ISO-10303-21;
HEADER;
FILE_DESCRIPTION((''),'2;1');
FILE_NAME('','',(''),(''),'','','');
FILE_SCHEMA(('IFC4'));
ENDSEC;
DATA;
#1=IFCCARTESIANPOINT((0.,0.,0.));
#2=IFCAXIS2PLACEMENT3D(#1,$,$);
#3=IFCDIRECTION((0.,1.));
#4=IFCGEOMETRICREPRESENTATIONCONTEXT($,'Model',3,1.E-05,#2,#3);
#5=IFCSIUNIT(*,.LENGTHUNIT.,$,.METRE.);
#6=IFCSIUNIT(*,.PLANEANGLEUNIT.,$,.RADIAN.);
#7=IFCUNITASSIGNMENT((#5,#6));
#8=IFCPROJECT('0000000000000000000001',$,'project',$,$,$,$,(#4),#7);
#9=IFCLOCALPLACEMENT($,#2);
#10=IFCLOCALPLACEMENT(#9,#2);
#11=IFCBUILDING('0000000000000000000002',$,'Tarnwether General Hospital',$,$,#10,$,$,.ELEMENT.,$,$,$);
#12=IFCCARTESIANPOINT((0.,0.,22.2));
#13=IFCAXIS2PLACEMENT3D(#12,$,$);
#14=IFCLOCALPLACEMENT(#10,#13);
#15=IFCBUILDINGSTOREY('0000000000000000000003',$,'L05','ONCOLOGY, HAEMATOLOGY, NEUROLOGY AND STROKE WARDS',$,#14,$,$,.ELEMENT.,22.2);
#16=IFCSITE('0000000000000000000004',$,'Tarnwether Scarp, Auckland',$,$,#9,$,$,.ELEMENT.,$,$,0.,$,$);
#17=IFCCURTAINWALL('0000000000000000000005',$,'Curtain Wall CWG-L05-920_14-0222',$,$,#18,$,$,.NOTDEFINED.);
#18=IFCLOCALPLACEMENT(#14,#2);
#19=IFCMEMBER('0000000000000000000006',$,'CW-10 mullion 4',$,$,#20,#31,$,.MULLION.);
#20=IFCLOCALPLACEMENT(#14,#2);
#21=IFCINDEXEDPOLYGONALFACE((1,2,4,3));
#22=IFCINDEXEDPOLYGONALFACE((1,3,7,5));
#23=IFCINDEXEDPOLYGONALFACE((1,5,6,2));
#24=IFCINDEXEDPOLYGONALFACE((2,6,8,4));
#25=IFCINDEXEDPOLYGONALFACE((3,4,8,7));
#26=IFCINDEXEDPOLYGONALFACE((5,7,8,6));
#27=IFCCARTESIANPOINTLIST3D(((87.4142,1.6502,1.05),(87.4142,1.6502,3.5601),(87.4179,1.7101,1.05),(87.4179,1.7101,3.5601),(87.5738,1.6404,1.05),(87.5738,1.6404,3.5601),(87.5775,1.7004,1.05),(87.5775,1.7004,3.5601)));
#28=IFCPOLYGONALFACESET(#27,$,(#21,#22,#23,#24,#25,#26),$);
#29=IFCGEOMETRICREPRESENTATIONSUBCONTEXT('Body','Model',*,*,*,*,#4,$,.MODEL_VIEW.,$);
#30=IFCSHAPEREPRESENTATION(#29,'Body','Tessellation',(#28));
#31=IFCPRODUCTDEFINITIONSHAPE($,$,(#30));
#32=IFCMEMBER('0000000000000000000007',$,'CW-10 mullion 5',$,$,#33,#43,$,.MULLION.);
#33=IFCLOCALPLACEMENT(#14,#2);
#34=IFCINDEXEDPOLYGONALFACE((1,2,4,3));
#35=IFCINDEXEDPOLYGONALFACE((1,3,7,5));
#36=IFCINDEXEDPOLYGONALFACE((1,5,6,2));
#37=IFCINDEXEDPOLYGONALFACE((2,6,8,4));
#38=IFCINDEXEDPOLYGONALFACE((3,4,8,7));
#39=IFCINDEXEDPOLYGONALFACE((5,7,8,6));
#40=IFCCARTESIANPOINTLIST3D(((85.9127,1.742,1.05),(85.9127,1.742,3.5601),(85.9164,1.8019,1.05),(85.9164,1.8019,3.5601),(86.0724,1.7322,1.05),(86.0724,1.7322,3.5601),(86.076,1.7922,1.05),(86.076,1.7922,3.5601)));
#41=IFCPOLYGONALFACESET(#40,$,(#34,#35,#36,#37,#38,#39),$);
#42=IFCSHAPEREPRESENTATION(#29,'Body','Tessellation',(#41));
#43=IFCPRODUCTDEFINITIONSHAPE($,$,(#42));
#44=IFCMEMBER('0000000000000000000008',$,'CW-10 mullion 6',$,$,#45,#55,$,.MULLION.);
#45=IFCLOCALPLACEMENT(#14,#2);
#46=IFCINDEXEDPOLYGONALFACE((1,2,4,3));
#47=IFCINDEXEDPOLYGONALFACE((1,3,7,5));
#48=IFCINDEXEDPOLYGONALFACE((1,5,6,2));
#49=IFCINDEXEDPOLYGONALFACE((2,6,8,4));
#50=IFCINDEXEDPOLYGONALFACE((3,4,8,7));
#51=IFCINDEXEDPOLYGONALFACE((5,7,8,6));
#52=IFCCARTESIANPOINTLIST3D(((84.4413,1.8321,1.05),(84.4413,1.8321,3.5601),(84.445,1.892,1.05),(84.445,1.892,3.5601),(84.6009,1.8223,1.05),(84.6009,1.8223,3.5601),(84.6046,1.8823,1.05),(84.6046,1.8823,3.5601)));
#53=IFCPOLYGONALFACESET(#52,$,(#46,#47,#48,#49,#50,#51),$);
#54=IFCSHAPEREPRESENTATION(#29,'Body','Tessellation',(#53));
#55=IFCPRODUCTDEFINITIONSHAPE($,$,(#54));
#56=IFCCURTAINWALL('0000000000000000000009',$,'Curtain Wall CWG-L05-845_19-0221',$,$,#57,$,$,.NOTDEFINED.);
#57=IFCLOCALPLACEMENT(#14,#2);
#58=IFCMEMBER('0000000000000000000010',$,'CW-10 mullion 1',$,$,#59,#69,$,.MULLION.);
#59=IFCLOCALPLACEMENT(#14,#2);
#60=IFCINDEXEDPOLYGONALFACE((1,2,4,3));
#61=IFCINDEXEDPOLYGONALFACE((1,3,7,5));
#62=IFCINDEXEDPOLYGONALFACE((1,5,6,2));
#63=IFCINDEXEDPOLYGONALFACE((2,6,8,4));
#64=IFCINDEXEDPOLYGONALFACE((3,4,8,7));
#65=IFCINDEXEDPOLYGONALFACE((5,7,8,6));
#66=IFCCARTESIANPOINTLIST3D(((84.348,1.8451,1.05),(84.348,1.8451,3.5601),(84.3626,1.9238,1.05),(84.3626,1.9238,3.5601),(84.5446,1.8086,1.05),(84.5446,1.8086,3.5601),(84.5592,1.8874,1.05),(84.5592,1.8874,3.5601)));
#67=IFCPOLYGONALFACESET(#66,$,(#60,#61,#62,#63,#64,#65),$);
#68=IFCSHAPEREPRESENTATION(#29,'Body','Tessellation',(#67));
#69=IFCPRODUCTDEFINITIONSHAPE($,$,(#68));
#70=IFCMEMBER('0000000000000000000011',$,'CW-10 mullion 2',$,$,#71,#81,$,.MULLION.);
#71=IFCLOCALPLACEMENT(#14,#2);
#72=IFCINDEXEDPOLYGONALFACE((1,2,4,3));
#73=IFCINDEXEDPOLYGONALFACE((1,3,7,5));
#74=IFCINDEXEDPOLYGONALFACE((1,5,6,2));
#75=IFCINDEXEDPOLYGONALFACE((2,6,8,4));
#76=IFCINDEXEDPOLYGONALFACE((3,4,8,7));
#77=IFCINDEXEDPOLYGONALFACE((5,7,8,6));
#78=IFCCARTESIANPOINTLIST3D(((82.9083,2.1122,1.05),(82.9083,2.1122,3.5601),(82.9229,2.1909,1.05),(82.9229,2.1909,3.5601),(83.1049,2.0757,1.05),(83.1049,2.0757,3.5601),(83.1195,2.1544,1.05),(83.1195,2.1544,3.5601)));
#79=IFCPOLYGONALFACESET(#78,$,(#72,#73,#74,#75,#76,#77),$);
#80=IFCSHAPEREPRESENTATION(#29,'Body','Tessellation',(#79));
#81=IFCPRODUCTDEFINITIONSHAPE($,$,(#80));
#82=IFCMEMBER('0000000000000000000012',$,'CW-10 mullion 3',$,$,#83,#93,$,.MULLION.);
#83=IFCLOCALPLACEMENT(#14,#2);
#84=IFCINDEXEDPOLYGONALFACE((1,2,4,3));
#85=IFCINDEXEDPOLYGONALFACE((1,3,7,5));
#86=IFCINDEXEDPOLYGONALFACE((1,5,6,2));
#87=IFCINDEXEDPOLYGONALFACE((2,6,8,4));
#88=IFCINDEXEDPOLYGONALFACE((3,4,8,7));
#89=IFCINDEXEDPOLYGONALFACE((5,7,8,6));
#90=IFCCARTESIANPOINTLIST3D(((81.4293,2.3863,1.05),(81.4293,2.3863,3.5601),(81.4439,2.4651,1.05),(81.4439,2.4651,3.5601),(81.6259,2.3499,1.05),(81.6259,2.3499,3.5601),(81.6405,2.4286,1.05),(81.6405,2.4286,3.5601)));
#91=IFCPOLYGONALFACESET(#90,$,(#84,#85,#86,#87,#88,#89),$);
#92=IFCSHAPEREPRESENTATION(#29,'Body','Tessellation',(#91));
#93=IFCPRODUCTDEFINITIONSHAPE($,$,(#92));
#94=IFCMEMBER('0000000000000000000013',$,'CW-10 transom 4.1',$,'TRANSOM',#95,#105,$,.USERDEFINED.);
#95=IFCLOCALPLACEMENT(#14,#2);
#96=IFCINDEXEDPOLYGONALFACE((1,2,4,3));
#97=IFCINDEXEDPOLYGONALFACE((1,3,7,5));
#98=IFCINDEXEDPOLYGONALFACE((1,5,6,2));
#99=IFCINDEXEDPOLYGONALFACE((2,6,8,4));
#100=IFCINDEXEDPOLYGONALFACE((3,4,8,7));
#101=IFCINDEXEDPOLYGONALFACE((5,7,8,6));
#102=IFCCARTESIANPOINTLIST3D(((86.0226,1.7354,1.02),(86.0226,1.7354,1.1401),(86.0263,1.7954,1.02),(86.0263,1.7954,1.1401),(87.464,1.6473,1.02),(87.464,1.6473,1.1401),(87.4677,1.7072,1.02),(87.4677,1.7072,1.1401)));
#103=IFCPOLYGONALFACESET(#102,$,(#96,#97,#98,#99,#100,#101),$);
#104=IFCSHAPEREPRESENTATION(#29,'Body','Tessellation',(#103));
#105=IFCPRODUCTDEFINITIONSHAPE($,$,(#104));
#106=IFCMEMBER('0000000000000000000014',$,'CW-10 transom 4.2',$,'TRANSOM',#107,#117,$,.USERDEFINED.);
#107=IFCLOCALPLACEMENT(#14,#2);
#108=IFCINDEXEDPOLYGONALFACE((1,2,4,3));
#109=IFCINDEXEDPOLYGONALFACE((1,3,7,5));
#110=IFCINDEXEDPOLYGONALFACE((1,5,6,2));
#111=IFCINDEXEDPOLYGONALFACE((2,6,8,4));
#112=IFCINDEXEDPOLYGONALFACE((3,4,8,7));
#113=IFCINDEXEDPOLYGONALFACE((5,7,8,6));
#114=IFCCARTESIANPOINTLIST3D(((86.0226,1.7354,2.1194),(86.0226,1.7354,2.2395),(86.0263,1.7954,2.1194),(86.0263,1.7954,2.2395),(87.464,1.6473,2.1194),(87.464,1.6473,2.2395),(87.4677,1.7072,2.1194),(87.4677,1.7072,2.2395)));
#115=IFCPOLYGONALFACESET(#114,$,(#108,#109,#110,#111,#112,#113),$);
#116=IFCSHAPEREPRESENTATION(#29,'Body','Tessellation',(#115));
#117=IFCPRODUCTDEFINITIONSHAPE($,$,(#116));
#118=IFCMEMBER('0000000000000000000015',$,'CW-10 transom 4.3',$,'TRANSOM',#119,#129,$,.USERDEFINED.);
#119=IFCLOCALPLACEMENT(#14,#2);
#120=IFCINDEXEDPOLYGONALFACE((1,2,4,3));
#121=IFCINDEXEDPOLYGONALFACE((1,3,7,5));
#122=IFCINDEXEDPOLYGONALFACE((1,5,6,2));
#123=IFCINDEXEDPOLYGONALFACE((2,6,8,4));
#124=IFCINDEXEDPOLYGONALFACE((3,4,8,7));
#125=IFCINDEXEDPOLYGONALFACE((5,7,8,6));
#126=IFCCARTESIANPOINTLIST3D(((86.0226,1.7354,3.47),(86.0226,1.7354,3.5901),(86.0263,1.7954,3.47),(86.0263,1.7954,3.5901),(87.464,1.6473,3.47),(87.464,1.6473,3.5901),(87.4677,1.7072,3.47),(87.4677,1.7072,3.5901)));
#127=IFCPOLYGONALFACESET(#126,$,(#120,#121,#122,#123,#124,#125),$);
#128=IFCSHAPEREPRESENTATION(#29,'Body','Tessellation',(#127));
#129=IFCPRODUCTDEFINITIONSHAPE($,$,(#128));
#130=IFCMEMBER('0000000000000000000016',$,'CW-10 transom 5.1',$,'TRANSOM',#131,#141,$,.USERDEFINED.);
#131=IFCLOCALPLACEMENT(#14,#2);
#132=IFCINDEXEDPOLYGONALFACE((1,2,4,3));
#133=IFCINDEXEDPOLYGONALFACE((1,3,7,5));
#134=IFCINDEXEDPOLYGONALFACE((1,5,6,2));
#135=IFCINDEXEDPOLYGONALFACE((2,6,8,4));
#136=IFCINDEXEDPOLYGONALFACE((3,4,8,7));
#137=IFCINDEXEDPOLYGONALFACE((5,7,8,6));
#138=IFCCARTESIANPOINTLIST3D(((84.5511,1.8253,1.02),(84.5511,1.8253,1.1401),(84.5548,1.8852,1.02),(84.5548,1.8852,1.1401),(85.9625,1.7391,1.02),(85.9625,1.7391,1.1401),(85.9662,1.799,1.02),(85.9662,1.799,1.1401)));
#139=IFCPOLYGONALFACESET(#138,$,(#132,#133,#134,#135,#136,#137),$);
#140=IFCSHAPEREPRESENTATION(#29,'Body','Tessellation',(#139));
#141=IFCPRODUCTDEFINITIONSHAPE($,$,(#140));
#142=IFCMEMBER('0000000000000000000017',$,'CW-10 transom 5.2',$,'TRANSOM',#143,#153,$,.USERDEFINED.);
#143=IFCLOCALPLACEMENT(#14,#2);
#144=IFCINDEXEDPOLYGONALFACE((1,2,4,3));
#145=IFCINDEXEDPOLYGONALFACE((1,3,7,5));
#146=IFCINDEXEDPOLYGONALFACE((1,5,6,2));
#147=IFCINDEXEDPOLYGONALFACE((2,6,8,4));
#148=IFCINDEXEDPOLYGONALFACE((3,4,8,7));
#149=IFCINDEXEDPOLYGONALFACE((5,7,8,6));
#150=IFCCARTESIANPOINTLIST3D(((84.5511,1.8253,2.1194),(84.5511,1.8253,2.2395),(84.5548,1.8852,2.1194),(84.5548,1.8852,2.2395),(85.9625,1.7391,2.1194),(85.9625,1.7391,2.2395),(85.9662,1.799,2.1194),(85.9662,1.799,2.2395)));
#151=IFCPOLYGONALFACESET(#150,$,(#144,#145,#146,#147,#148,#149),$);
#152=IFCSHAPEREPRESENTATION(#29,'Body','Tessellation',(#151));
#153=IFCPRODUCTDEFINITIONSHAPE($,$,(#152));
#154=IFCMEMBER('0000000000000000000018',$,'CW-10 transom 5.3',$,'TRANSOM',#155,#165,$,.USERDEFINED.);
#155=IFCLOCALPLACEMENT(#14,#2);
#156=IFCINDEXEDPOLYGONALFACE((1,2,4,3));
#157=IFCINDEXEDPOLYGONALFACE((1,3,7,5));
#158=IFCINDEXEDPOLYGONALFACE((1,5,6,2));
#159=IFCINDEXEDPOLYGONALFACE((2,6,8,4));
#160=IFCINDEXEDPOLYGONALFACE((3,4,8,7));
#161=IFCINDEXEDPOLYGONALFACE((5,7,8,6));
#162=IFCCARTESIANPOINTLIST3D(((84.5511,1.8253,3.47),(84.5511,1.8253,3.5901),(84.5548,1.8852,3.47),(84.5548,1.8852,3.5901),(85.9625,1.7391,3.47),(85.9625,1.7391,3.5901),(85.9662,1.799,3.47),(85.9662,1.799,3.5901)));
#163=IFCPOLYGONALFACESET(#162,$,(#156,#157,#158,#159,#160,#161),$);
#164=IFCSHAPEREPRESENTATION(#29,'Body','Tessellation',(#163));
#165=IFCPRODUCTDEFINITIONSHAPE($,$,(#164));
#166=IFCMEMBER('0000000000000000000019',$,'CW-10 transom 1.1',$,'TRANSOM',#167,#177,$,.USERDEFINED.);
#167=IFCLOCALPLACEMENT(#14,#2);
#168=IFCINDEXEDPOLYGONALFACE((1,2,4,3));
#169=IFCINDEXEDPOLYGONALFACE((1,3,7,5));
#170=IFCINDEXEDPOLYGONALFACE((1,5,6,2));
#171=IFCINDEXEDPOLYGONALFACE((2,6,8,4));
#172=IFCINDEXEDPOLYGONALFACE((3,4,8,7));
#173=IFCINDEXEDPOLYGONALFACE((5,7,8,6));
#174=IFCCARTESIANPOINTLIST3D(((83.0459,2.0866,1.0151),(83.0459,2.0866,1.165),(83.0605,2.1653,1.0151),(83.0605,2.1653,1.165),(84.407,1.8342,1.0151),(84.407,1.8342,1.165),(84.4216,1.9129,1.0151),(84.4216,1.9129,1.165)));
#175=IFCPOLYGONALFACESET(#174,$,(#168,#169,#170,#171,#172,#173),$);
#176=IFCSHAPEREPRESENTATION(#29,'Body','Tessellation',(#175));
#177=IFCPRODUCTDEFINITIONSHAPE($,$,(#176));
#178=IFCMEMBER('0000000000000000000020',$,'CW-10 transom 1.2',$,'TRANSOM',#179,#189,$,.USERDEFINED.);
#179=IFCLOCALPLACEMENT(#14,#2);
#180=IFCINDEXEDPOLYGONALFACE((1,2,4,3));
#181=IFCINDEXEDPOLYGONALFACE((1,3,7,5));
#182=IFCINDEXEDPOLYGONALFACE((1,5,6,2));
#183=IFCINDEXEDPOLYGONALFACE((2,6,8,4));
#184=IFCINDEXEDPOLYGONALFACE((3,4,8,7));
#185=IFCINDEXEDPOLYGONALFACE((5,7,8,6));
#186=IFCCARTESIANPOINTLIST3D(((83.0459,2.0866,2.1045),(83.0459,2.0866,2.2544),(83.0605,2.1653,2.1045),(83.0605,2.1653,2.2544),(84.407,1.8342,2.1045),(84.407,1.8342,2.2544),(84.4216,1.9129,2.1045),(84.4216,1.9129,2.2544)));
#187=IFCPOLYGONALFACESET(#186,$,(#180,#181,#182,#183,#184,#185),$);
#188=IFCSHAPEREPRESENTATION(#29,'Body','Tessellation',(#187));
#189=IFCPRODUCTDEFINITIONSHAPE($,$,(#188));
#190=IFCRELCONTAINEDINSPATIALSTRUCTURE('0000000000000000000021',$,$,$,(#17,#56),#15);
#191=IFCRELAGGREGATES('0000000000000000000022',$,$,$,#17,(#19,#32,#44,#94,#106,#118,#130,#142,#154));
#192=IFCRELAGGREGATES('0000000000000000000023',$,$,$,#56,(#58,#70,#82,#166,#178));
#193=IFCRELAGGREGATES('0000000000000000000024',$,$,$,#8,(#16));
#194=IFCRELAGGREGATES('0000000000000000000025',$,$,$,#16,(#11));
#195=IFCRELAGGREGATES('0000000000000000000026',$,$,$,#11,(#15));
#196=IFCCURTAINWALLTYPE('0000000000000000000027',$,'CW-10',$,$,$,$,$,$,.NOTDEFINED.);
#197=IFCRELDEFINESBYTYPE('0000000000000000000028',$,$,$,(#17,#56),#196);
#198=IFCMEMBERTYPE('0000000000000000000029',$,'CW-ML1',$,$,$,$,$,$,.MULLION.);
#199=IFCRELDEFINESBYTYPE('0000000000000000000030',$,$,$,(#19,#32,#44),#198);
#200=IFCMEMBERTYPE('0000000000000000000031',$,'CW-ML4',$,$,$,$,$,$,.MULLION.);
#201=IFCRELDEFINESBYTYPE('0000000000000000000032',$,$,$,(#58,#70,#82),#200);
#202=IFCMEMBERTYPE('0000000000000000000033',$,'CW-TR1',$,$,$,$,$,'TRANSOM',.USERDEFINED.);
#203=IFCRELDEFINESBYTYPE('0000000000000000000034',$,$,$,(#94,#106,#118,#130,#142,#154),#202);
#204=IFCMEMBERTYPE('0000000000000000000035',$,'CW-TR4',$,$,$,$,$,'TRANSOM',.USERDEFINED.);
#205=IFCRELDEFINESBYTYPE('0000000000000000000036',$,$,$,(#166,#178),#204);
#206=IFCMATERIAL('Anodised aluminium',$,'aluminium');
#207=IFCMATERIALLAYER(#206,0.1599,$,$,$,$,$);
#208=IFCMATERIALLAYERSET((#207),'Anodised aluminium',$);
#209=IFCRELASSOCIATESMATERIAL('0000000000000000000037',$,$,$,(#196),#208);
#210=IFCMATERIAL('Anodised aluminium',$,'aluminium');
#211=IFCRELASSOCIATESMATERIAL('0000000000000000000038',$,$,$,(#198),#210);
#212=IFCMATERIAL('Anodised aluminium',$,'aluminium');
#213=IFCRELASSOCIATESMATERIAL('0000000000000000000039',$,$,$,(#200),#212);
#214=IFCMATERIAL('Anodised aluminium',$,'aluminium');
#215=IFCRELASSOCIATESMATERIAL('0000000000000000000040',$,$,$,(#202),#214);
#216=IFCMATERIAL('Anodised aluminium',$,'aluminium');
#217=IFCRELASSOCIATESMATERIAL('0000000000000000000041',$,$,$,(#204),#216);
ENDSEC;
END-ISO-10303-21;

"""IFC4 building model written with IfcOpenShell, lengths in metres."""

from ifc_helpers import new_model, si_unit, direction, frame, origin, origin_2d, place, context, subcontext, project, spatial, rectangle, extrude, material, layer, layer_set, material_profile, profile_set, type_object, element, aggregate, save


model = new_model("IFC4")

# Units and contexts
model_context = context("Model", 3, precision=1e-05, world=origin(), true_north=direction((0.0, 1.0)))
body_context = subcontext(model_context, "Body", "Model", "MODEL_VIEW")
ifc_project = project(units=[si_unit("LENGTHUNIT", "METRE"), si_unit("PLANEANGLEUNIT", "RADIAN")], contexts=[model_context])

# Site, building, storey
site_placement = place(None, origin())
site = spatial("IfcSite", under=ifc_project, at=site_placement, Name="Tarnwether Scarp, Auckland", CompositionType="ELEMENT", RefElevation=0.0)
building_placement = place(site_placement, origin())
building = spatial("IfcBuilding", under=site, at=building_placement, Name="Tarnwether General Hospital", CompositionType="ELEMENT")
storey_placement = place(building_placement, frame((0.0, 0.0, 22.2)))
storey = spatial("IfcBuildingStorey", under=building, at=storey_placement, Name="L05", Description="ONCOLOGY, HAEMATOLOGY, NEUROLOGY AND STROKE WARDS", CompositionType="ELEMENT", Elevation=22.2)

# Curtain walls, members
ifc_material_1 = material(Name="Anodised aluminium", Category="aluminium")
ifc_layer_1 = layer(ifc_material_1, 0.1599)
ifc_layer_set_1 = layer_set([ifc_layer_1], Name="Anodised aluminium")
curtain_wall_type = type_object("IfcCurtainWallType", Name="CW-10", PredefinedType="NOTDEFINED", material=ifc_layer_set_1)
curtain_wall_1_placement = place(storey_placement, origin())
curtain_wall_1 = element("IfcCurtainWall", 1, at=curtain_wall_1_placement, inside=storey, type_object=curtain_wall_type, Name="Curtain Wall CWG-L05-920_14-0222", PredefinedType="NOTDEFINED")
ifc_material_2 = material(Name="Anodised aluminium", Category="aluminium")
ifc_material_profile_1 = material_profile(ifc_material_2, rectangle(XDim=0.0601, YDim=0.1599, at=origin_2d()), Name="ALU-MUL-60x160")
ifc_profile_set_1 = profile_set([ifc_material_profile_1], Name="Anodised aluminium")
member_type_1 = type_object("IfcMemberType", Name="CW-ML1", PredefinedType="MULLION", material=ifc_profile_set_1)
member_1_placement = place(storey_placement, frame((87.4958, 1.6753, 1.05), z_axis=(0.0, 0.0, 1.0), x_axis=(-0.061029, -0.998136, 0.0)))
member_1 = element("IfcMember", 2, at=member_1_placement, type_object=member_type_1, Name="CW-10 mullion 4", PredefinedType="MULLION", context=body_context, shape_type="SweptSolid", body=[
    extrude(rectangle(XDim=0.0601, YDim=0.1599, at=origin_2d()), origin(), (0.0, 0.0, 1.0), 2.51),
])
member_2_placement = place(storey_placement, frame((85.9944, 1.7671, 1.05), z_axis=(0.0, 0.0, 1.0), x_axis=(-0.061029, -0.998136, 0.0)))
member_2 = element("IfcMember", 3, at=member_2_placement, type_object=member_type_1, Name="CW-10 mullion 5", PredefinedType="MULLION", context=body_context, shape_type="SweptSolid", body=[
    extrude(rectangle(XDim=0.0601, YDim=0.1599, at=origin_2d()), origin(), (0.0, 0.0, 1.0), 2.51),
])
member_3_placement = place(storey_placement, frame((84.5229, 1.8572, 1.05), z_axis=(0.0, 0.0, 1.0), x_axis=(-0.061029, -0.998136, 0.0)))
member_3 = element("IfcMember", 4, at=member_3_placement, type_object=member_type_1, Name="CW-10 mullion 6", PredefinedType="MULLION", context=body_context, shape_type="SweptSolid", body=[
    extrude(rectangle(XDim=0.0601, YDim=0.1599, at=origin_2d()), origin(), (0.0, 0.0, 1.0), 2.51),
])
curtain_wall_2_placement = place(storey_placement, origin())
curtain_wall_2 = element("IfcCurtainWall", 5, at=curtain_wall_2_placement, inside=storey, type_object=curtain_wall_type, Name="Curtain Wall CWG-L05-845_19-0221", PredefinedType="NOTDEFINED")
ifc_material_3 = material(Name="Anodised aluminium", Category="aluminium")
ifc_material_profile_2 = material_profile(ifc_material_3, rectangle(XDim=0.0801, YDim=0.2, at=origin_2d()), Name="ALU-MUL-80x200")
ifc_profile_set_2 = profile_set([ifc_material_profile_2], Name="Anodised aluminium")
member_type_2 = type_object("IfcMemberType", Name="CW-ML4", PredefinedType="MULLION", material=ifc_profile_set_2)
member_4_placement = place(storey_placement, frame((84.4536, 1.8662, 1.05), z_axis=(0.0, 0.0, 1.0), x_axis=(-0.182289, -0.983245, 0.0)))
member_4 = element("IfcMember", 6, at=member_4_placement, type_object=member_type_2, Name="CW-10 mullion 1", PredefinedType="MULLION", context=body_context, shape_type="SweptSolid", body=[
    extrude(rectangle(XDim=0.0801, YDim=0.2, at=origin_2d()), origin(), (0.0, 0.0, 1.0), 2.51),
])
member_5_placement = place(storey_placement, frame((83.0139, 2.1333, 1.05), z_axis=(0.0, 0.0, 1.0), x_axis=(-0.182289, -0.983245, 0.0)))
member_5 = element("IfcMember", 7, at=member_5_placement, type_object=member_type_2, Name="CW-10 mullion 2", PredefinedType="MULLION", context=body_context, shape_type="SweptSolid", body=[
    extrude(rectangle(XDim=0.0801, YDim=0.2, at=origin_2d()), origin(), (0.0, 0.0, 1.0), 2.51),
])
member_6_placement = place(storey_placement, frame((81.5349, 2.4075, 1.05), z_axis=(0.0, 0.0, 1.0), x_axis=(-0.182289, -0.983245, 0.0)))
member_6 = element("IfcMember", 8, at=member_6_placement, type_object=member_type_2, Name="CW-10 mullion 3", PredefinedType="MULLION", context=body_context, shape_type="SweptSolid", body=[
    extrude(rectangle(XDim=0.0801, YDim=0.2, at=origin_2d()), origin(), (0.0, 0.0, 1.0), 2.51),
])

# Members
ifc_material_4 = material(Name="Anodised aluminium", Category="aluminium")
ifc_material_profile_3 = material_profile(ifc_material_4, rectangle(XDim=0.0601, YDim=0.1201, at=origin_2d()), Name="ALU-TRN-60x120")
ifc_profile_set_3 = profile_set([ifc_material_profile_3], Name="Anodised aluminium")
member_type_3 = type_object("IfcMemberType", Name="CW-TR1", ElementType="TRANSOM", PredefinedType="USERDEFINED", material=ifc_profile_set_3)
member_7_placement = place(storey_placement, frame((87.4658, 1.6772, 1.0801), z_axis=(-0.998136, 0.061031, 0.0), x_axis=(-0.061031, -0.998136, 0.0)))
member_7 = element("IfcMember", 9, at=member_7_placement, type_object=member_type_3, Name="CW-10 transom 4.1", ObjectType="TRANSOM", PredefinedType="USERDEFINED", context=body_context, shape_type="SweptSolid", body=[
    extrude(rectangle(XDim=0.0601, YDim=0.1201, at=origin_2d()), origin(), (0.0, 0.0, 1.0), 1.4441),
])
member_8_placement = place(storey_placement, frame((87.4658, 1.6772, 2.1794), z_axis=(-0.998136, 0.061031, 0.0), x_axis=(-0.061031, -0.998136, 0.0)))
member_8 = element("IfcMember", 10, at=member_8_placement, type_object=member_type_3, Name="CW-10 transom 4.2", ObjectType="TRANSOM", PredefinedType="USERDEFINED", context=body_context, shape_type="SweptSolid", body=[
    extrude(rectangle(XDim=0.0601, YDim=0.1201, at=origin_2d()), origin(), (0.0, 0.0, 1.0), 1.4441),
])
member_9_placement = place(storey_placement, frame((87.4658, 1.6772, 3.53), z_axis=(-0.998136, 0.061031, 0.0), x_axis=(-0.061031, -0.998136, 0.0)))
member_9 = element("IfcMember", 11, at=member_9_placement, type_object=member_type_3, Name="CW-10 transom 4.3", ObjectType="TRANSOM", PredefinedType="USERDEFINED", context=body_context, shape_type="SweptSolid", body=[
    extrude(rectangle(XDim=0.0601, YDim=0.1201, at=origin_2d()), origin(), (0.0, 0.0, 1.0), 1.4441),
])
member_10_placement = place(storey_placement, frame((85.9644, 1.769, 1.0801), z_axis=(-0.998141, 0.060949, 0.0), x_axis=(-0.060949, -0.998141, 0.0)))
member_10 = element("IfcMember", 12, at=member_10_placement, type_object=member_type_3, Name="CW-10 transom 5.1", ObjectType="TRANSOM", PredefinedType="USERDEFINED", context=body_context, shape_type="SweptSolid", body=[
    extrude(rectangle(XDim=0.0601, YDim=0.1201, at=origin_2d()), origin(), (0.0, 0.0, 1.0), 1.4141),
])
member_11_placement = place(storey_placement, frame((85.9644, 1.769, 2.1794), z_axis=(-0.998141, 0.060949, 0.0), x_axis=(-0.060949, -0.998141, 0.0)))
member_11 = element("IfcMember", 13, at=member_11_placement, type_object=member_type_3, Name="CW-10 transom 5.2", ObjectType="TRANSOM", PredefinedType="USERDEFINED", context=body_context, shape_type="SweptSolid", body=[
    extrude(rectangle(XDim=0.0601, YDim=0.1201, at=origin_2d()), origin(), (0.0, 0.0, 1.0), 1.4141),
])
member_12_placement = place(storey_placement, frame((85.9644, 1.769, 3.53), z_axis=(-0.998141, 0.060949, 0.0), x_axis=(-0.060949, -0.998141, 0.0)))
member_12 = element("IfcMember", 14, at=member_12_placement, type_object=member_type_3, Name="CW-10 transom 5.3", ObjectType="TRANSOM", PredefinedType="USERDEFINED", context=body_context, shape_type="SweptSolid", body=[
    extrude(rectangle(XDim=0.0601, YDim=0.1201, at=origin_2d()), origin(), (0.0, 0.0, 1.0), 1.4141),
])
ifc_material_5 = material(Name="Anodised aluminium", Category="aluminium")
ifc_material_profile_4 = material_profile(ifc_material_5, rectangle(XDim=0.0801, YDim=0.1499, at=origin_2d()), Name="ALU-TRN-80x150")
ifc_profile_set_4 = profile_set([ifc_material_profile_4], Name="Anodised aluminium")
member_type_4 = type_object("IfcMemberType", Name="CW-TR4", ElementType="TRANSOM", PredefinedType="USERDEFINED", material=ifc_profile_set_4)
member_13_placement = place(storey_placement, frame((84.4143, 1.8735, 1.0901), z_axis=(-0.983232, 0.182361, 0.0), x_axis=(-0.182361, -0.983232, 0.0)))
member_13 = element("IfcMember", 15, at=member_13_placement, type_object=member_type_4, Name="CW-10 transom 1.1", ObjectType="TRANSOM", PredefinedType="USERDEFINED", context=body_context, shape_type="SweptSolid", body=[
    extrude(rectangle(XDim=0.0801, YDim=0.1499, at=origin_2d()), origin(), (0.0, 0.0, 1.0), 1.3843),
])
member_14_placement = place(storey_placement, frame((84.4143, 1.8735, 2.1794), z_axis=(-0.983232, 0.182361, 0.0), x_axis=(-0.182361, -0.983232, 0.0)))
member_14 = element("IfcMember", 16, at=member_14_placement, type_object=member_type_4, Name="CW-10 transom 1.2", ObjectType="TRANSOM", PredefinedType="USERDEFINED", context=body_context, shape_type="SweptSolid", body=[
    extrude(rectangle(XDim=0.0801, YDim=0.1499, at=origin_2d()), origin(), (0.0, 0.0, 1.0), 1.3843),
])

aggregate(curtain_wall_1, [member_1, member_2, member_3, member_7, member_8, member_9, member_10, member_11, member_12])
aggregate(curtain_wall_2, [member_4, member_5, member_6, member_13, member_14])

save(model, "model.ifc")
